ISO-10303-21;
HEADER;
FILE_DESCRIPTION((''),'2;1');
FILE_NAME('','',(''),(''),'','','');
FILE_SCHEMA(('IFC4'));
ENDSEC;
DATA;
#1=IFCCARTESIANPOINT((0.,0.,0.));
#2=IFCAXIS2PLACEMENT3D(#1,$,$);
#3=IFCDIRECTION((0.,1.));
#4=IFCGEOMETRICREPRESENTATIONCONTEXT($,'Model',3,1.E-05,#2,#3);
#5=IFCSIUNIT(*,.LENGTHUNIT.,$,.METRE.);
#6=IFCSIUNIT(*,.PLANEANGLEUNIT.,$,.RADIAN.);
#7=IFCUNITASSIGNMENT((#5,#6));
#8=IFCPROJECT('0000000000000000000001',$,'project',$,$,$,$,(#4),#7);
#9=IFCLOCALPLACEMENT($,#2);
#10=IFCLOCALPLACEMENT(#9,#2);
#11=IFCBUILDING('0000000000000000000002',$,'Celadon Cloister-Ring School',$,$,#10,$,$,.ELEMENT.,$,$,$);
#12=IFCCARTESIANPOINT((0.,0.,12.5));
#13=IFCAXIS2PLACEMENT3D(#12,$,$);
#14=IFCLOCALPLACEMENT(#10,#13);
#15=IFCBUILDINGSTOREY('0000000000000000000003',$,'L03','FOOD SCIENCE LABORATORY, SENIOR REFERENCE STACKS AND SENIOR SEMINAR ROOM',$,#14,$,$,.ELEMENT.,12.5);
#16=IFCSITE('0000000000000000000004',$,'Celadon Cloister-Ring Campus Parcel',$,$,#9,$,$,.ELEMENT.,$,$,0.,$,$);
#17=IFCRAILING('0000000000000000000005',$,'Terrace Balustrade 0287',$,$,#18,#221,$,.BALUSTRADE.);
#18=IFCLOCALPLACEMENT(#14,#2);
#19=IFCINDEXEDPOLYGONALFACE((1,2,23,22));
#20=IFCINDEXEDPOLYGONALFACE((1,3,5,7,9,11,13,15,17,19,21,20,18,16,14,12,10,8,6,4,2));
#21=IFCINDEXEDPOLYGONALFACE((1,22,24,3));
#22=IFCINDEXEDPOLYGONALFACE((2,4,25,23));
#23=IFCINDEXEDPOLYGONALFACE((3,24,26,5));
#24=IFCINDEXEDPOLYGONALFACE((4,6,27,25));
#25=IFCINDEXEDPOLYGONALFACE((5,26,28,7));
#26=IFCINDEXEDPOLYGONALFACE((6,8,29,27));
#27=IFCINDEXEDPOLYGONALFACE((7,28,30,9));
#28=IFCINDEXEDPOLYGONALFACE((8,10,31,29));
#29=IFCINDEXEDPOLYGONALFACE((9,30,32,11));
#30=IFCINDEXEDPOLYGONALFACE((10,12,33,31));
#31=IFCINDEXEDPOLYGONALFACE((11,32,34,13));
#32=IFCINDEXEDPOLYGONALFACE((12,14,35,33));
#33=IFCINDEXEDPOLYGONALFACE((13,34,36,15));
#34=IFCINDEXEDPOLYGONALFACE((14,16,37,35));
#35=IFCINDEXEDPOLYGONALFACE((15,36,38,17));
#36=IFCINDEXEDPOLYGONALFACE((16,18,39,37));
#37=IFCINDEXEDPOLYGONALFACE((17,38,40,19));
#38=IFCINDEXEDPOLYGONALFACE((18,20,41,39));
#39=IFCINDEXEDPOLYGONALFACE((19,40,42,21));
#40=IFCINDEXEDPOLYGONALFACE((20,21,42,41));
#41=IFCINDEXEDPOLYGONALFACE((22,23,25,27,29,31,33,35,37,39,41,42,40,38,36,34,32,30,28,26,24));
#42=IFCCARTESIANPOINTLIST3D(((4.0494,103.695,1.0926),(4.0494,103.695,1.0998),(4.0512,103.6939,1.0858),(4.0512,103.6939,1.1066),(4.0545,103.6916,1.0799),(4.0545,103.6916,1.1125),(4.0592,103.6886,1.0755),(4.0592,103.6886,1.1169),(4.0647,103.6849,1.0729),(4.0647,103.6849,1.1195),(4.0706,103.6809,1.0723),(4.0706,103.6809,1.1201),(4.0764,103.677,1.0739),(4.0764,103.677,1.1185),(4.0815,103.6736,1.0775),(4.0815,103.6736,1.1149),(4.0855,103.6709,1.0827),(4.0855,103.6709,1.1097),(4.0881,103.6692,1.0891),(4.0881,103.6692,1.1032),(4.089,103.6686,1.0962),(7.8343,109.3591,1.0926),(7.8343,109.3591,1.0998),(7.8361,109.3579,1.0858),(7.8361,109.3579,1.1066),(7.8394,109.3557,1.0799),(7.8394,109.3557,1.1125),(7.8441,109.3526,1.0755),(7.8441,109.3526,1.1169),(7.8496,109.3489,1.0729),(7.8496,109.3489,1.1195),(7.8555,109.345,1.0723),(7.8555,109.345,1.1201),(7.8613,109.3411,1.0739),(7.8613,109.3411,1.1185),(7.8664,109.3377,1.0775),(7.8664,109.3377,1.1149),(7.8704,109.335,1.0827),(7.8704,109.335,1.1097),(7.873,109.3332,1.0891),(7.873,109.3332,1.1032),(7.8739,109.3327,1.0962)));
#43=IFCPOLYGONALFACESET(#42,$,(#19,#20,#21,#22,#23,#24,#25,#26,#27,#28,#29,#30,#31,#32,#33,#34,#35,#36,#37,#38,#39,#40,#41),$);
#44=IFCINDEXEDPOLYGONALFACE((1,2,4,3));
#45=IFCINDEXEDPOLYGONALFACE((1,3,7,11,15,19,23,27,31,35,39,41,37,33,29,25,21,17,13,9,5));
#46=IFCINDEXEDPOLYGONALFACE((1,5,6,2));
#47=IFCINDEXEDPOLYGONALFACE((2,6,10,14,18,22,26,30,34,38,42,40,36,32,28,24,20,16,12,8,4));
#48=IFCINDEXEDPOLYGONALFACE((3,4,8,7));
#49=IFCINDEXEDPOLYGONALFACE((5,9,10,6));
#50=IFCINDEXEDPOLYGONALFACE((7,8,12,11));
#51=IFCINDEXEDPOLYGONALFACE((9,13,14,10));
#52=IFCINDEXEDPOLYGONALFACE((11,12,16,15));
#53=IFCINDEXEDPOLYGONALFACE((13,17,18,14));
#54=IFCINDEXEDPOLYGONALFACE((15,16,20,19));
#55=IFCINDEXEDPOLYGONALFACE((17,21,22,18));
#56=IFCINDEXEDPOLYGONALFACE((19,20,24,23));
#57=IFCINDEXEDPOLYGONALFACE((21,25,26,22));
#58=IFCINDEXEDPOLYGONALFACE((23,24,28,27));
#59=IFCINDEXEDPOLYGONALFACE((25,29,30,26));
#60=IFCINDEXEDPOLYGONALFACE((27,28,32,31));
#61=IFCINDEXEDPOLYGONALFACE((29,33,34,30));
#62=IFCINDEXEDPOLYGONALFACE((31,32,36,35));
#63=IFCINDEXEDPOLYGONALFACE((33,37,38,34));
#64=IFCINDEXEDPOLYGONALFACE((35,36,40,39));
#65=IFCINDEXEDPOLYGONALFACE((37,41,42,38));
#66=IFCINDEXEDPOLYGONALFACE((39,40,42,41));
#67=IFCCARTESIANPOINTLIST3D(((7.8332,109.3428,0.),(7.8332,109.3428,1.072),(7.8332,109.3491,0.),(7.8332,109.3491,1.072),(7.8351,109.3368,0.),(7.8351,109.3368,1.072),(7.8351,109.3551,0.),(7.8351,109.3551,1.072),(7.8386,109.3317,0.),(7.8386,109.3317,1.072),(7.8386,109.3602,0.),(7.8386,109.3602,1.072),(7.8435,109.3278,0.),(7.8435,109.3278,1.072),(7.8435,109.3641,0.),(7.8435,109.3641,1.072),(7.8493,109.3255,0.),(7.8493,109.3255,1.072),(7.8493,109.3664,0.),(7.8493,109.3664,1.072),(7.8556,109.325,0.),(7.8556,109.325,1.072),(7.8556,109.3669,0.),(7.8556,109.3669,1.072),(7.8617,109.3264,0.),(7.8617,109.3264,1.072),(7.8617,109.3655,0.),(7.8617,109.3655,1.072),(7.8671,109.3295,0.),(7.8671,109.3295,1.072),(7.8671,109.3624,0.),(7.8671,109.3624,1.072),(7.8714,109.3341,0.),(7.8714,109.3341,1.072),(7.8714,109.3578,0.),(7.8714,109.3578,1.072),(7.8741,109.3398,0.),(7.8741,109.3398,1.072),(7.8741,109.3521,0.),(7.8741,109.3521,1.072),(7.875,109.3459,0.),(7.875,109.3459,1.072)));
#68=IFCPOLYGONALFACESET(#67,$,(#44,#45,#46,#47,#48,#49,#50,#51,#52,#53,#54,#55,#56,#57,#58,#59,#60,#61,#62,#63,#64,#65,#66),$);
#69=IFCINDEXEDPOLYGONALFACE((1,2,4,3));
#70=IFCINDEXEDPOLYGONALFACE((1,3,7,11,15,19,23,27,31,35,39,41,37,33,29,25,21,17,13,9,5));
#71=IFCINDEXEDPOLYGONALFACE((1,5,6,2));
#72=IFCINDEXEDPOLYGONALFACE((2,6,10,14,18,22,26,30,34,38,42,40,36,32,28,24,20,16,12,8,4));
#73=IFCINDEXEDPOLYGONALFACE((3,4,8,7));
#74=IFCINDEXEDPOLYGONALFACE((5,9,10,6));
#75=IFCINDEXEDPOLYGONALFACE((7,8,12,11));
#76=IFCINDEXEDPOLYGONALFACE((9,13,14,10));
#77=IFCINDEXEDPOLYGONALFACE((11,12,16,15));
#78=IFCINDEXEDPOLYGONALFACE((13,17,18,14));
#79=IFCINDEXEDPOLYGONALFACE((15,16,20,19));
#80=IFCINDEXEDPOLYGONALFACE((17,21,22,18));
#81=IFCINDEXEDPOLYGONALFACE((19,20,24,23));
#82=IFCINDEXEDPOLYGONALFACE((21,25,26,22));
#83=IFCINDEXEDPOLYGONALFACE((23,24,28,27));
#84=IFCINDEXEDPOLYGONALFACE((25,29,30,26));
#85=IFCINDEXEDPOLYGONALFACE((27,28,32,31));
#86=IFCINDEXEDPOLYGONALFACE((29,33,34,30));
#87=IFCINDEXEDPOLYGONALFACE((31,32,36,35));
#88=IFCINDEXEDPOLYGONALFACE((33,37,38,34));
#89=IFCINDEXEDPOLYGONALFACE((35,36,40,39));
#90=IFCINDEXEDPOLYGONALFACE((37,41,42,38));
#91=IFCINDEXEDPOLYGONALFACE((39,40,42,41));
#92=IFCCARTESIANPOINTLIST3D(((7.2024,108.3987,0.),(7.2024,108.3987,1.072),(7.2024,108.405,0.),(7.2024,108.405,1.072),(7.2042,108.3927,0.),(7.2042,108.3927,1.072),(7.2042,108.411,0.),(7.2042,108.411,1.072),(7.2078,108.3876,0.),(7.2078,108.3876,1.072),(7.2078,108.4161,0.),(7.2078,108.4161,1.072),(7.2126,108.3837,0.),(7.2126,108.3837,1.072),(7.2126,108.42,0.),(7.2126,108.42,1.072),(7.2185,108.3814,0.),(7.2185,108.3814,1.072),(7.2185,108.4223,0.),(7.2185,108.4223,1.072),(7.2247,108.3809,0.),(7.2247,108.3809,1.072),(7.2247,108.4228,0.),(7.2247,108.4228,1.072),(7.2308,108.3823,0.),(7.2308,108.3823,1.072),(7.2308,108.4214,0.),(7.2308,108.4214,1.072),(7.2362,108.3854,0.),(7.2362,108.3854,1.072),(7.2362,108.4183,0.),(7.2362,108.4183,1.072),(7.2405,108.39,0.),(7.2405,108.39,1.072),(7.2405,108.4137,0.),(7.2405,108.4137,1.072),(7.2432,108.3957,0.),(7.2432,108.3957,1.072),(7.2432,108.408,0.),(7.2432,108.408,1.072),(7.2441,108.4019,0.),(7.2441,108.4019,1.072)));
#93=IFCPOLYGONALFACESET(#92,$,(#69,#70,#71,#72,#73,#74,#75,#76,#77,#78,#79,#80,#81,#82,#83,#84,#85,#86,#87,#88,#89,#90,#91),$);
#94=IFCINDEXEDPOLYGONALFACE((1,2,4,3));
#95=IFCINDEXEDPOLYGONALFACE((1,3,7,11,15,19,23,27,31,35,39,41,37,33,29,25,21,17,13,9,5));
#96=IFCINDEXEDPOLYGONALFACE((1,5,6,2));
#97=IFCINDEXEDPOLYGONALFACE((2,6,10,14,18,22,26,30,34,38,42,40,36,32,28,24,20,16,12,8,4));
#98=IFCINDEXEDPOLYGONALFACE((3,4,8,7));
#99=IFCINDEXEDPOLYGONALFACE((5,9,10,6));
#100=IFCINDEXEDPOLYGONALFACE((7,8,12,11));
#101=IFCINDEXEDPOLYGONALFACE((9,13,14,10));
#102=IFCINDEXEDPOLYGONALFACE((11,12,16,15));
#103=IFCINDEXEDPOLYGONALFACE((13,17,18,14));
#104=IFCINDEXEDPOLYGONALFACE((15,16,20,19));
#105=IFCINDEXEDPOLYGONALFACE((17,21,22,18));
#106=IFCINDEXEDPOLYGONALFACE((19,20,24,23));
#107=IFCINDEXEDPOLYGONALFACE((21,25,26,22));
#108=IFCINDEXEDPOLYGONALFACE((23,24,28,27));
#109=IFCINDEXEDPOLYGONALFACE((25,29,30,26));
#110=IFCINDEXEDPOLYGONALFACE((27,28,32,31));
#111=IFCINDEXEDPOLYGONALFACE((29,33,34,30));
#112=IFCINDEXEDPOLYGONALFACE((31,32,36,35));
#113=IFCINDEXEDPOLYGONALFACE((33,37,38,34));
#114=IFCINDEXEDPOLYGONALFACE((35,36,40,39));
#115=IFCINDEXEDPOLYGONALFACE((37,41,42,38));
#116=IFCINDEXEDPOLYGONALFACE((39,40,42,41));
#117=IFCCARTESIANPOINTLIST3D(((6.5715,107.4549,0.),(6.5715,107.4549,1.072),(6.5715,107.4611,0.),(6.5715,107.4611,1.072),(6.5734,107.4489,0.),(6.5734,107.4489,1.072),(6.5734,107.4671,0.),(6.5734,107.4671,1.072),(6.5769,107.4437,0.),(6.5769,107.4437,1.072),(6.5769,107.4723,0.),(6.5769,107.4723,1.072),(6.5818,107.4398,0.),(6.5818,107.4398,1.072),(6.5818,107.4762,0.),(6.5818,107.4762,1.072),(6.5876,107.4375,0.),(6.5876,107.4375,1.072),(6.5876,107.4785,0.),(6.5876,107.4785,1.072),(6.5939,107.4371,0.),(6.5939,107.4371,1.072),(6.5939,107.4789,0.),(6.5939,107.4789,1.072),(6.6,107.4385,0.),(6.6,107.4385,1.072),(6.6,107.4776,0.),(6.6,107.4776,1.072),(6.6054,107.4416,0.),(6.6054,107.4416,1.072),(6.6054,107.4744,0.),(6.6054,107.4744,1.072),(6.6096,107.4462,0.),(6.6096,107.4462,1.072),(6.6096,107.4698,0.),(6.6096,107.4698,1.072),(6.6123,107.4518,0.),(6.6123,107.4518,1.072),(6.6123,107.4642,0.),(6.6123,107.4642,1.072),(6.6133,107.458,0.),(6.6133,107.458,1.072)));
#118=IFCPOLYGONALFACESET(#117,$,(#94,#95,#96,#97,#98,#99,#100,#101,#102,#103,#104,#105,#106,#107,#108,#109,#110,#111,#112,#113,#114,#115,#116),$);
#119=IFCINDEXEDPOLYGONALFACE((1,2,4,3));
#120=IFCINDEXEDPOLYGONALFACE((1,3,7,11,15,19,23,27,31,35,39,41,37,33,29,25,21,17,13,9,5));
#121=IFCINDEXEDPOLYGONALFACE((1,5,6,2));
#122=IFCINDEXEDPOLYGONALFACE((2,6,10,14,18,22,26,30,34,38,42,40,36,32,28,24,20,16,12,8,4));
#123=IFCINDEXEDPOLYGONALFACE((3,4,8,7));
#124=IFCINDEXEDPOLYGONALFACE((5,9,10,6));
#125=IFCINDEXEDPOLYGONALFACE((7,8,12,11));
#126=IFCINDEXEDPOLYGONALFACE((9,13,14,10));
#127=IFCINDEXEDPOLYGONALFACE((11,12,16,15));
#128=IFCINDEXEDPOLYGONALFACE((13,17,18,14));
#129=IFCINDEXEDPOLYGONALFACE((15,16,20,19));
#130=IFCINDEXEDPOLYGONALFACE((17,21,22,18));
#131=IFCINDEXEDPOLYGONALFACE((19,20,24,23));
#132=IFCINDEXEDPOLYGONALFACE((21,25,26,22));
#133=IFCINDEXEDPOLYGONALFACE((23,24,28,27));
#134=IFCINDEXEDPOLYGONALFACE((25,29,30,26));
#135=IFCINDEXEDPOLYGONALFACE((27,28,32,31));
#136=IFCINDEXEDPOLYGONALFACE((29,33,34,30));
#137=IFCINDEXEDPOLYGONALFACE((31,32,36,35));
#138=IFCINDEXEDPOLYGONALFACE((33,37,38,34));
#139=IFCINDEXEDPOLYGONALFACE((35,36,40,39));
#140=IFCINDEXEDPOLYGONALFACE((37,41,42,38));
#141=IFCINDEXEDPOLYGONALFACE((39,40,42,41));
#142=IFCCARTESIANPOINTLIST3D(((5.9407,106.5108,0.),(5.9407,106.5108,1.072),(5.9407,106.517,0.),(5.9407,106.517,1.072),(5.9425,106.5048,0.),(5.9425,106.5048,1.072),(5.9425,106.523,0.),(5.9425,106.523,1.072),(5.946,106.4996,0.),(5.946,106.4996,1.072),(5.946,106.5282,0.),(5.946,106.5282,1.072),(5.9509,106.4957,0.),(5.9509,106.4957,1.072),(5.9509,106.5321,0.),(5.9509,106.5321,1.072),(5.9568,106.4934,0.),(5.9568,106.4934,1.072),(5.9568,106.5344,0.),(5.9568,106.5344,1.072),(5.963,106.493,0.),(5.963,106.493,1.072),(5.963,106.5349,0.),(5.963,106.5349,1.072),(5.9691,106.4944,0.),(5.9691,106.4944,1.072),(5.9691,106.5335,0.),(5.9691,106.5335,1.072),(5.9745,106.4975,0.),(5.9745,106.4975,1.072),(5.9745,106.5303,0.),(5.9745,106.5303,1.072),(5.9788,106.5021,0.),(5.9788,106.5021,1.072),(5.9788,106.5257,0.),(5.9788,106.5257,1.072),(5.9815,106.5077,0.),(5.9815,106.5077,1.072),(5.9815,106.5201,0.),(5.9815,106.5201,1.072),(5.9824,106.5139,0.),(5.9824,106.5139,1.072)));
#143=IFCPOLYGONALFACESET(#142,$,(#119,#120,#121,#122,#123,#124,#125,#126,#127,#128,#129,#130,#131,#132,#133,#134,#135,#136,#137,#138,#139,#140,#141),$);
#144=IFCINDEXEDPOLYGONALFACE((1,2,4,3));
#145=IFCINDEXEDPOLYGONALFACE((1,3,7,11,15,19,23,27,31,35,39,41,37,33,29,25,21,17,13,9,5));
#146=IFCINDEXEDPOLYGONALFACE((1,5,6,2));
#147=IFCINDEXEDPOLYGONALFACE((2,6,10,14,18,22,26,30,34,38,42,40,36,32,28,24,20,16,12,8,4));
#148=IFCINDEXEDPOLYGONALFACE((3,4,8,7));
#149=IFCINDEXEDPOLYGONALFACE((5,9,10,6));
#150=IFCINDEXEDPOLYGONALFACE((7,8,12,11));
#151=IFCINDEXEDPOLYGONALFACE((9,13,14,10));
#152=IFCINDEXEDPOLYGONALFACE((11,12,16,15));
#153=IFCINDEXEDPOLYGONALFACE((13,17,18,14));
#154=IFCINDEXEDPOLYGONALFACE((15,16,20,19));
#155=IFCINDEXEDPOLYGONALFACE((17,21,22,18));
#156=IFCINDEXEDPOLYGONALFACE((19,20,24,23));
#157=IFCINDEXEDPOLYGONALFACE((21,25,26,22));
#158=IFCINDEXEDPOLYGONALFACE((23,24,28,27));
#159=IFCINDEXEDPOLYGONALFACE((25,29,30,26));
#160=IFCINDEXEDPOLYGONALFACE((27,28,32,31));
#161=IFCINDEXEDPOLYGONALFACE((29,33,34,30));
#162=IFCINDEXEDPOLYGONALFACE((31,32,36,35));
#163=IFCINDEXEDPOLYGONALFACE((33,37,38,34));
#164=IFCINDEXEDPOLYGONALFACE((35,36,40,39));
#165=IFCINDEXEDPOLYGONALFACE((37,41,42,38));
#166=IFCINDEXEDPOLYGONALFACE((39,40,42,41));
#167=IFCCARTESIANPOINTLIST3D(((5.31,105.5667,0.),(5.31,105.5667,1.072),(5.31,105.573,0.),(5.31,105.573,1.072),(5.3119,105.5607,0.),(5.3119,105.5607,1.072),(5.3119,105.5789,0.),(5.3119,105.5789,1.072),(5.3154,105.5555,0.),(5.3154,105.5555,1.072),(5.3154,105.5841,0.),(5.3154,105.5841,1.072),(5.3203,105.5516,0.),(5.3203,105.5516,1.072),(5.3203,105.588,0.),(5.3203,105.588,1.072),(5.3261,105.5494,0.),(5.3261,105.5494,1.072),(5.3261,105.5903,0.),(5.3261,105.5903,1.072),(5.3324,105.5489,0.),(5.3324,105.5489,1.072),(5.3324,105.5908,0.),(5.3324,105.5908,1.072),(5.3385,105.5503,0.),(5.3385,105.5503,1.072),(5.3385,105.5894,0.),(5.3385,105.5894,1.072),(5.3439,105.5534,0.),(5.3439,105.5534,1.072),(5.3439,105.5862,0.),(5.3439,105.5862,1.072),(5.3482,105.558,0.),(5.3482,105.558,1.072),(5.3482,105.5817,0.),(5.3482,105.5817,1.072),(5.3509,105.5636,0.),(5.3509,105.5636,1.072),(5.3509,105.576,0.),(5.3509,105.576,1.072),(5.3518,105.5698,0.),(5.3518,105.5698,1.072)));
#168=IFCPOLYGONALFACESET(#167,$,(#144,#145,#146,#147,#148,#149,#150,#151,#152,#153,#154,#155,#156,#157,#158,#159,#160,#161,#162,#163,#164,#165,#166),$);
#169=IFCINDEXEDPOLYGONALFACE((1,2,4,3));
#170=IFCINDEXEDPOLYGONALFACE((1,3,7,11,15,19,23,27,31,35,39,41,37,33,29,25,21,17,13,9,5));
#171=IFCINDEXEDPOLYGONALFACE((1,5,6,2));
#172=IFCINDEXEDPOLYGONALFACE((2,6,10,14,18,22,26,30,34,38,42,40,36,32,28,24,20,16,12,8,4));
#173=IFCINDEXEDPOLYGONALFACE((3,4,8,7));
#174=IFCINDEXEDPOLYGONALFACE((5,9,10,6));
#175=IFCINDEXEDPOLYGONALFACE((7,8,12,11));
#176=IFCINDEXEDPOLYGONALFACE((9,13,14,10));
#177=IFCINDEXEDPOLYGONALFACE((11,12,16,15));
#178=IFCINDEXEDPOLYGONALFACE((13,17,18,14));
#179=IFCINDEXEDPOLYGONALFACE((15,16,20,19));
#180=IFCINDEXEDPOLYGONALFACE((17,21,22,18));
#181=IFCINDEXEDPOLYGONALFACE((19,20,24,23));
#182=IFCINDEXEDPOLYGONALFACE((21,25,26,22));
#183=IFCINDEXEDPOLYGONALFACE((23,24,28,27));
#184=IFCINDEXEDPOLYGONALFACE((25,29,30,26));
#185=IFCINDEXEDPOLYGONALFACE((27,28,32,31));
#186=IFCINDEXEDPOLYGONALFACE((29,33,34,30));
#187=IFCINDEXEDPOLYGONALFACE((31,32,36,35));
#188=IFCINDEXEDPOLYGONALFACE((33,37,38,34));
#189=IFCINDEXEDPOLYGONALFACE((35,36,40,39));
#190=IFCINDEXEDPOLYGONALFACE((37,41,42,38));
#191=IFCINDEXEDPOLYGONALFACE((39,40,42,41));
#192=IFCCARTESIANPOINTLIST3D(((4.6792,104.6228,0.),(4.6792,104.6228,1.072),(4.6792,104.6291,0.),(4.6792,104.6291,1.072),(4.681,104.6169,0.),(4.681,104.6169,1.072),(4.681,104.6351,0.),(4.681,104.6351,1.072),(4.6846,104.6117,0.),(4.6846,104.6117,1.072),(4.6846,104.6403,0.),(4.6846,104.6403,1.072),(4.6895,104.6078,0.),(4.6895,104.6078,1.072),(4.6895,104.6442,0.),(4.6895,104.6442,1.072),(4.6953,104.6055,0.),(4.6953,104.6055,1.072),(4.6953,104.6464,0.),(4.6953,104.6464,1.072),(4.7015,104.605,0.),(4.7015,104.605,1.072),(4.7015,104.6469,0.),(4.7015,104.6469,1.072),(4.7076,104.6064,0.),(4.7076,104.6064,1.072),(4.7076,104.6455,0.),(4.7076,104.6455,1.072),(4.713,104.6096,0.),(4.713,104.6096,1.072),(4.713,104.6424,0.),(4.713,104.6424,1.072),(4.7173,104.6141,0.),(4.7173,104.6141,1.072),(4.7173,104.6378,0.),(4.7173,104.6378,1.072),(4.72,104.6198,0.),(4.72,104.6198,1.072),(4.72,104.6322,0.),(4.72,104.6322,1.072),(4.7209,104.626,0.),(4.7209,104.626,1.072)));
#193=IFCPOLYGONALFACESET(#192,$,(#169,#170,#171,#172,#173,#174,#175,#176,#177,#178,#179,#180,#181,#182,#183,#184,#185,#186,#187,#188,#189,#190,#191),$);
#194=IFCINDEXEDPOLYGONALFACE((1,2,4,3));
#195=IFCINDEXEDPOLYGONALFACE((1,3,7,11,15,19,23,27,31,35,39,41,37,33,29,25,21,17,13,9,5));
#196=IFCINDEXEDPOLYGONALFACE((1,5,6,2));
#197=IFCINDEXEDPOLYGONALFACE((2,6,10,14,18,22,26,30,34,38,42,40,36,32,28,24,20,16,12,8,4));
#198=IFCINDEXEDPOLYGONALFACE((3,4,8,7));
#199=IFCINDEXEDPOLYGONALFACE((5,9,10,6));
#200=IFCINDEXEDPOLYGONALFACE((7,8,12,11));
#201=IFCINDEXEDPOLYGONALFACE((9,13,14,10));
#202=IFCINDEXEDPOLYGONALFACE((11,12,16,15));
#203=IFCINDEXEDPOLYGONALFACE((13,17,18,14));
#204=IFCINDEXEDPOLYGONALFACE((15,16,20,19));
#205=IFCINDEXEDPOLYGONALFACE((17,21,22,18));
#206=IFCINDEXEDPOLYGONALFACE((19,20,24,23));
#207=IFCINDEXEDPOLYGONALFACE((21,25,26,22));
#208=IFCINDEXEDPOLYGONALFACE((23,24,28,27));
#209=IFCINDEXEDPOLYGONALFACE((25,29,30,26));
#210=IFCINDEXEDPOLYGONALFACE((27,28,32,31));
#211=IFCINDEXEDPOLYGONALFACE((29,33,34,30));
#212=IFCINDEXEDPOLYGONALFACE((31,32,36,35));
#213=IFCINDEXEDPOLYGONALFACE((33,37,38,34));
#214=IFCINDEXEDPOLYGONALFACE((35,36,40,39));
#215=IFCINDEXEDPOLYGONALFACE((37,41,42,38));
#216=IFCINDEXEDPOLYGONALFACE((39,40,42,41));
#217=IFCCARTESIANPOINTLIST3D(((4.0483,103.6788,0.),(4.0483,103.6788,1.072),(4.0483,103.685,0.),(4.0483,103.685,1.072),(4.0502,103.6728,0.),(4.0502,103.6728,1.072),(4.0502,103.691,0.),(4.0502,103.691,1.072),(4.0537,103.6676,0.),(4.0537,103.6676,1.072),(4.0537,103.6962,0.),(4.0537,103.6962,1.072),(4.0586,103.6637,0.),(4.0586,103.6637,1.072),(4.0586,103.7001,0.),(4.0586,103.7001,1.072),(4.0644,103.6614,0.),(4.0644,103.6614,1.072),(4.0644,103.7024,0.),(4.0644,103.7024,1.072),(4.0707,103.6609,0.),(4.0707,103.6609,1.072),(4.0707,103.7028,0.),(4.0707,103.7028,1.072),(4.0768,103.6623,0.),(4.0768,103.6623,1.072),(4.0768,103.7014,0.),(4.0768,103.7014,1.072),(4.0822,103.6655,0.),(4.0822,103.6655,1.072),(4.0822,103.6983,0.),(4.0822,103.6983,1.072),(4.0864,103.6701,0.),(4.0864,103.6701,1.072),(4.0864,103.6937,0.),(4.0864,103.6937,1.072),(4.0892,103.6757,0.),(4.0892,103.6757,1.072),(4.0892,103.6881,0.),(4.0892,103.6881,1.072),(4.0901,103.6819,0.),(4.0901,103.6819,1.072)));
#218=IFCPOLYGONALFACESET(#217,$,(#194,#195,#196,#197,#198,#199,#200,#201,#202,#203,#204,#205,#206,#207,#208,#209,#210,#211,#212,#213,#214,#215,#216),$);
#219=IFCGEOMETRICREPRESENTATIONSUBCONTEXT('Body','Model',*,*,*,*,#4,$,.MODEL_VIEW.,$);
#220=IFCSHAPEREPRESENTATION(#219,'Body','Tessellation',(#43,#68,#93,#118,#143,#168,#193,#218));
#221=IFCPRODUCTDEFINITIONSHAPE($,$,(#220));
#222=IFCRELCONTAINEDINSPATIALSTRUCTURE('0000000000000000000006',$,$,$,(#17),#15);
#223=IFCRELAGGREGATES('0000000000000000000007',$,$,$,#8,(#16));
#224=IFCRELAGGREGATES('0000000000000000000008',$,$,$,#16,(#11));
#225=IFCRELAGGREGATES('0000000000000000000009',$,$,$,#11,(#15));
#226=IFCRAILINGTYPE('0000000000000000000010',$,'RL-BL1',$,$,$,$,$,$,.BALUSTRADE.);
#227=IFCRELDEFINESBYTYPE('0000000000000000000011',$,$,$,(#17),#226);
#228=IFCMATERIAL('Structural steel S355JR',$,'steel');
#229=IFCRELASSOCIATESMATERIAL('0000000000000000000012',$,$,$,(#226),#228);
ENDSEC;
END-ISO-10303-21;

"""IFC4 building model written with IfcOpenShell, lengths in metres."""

from ifc_helpers import new_model, si_unit, direction, frame, origin, origin_2d, place, context, subcontext, project, spatial, circle, extrude, material, type_object, element, save


model = new_model("IFC4")

# Units and contexts
model_context = context("Model", 3, precision=1e-05, world=origin(), true_north=direction((0.0, 1.0)))
body_context = subcontext(model_context, "Body", "Model", "MODEL_VIEW")
ifc_project = project(units=[si_unit("LENGTHUNIT", "METRE"), si_unit("PLANEANGLEUNIT", "RADIAN")], contexts=[model_context])

# Site, building, storey
site_placement = place(None, origin())
site = spatial("IfcSite", under=ifc_project, at=site_placement, Name="Celadon Cloister-Ring Campus Parcel", CompositionType="ELEMENT", RefElevation=0.0)
building_placement = place(site_placement, origin())
building = spatial("IfcBuilding", under=site, at=building_placement, Name="Celadon Cloister-Ring School", CompositionType="ELEMENT")
storey_placement = place(building_placement, frame((0.0, 0.0, 12.5)))
storey = spatial("IfcBuildingStorey", under=building, at=storey_placement, Name="L03", Description="FOOD SCIENCE LABORATORY, SENIOR REFERENCE STACKS AND SENIOR SEMINAR ROOM", CompositionType="ELEMENT", Elevation=12.5)

# Railing
ifc_material_1 = material(Name="Structural steel S355JR", Category="steel")
railing_type = type_object("IfcRailingType", Name="RL-BL1", PredefinedType="BALUSTRADE", material=ifc_material_1)
railing_1_placement = place(storey_placement, frame((7.854, 109.3459, 0.0)))
element("IfcRailing", 1, at=railing_1_placement, inside=storey, type_object=railing_type, Name="Terrace Balustrade 0287", PredefinedType="BALUSTRADE", context=body_context, shape_type="SweptSolid", body=[
    extrude(circle(Radius=0.0239, at=origin_2d()), frame((0.0, 0.0, 1.0962), z_axis=(-0.555601, -0.831449, 0.0), x_axis=(0.831449, -0.555601, 0.0)), (0.0, 0.0, 1.0), 6.8123),
    extrude(circle(Radius=0.021, at=origin_2d()), origin(), (0.0, 0.0, 1.0), 1.072),
    extrude(circle(Radius=0.021, at=origin_2d()), frame((-0.6309, -0.9441, 0.0)), (0.0, 0.0, 1.0), 1.072),
    extrude(circle(Radius=0.021, at=origin_2d()), frame((-1.2617, -1.8879, 0.0)), (0.0, 0.0, 1.0), 1.072),
    extrude(circle(Radius=0.021, at=origin_2d()), frame((-1.8926, -2.832, 0.0)), (0.0, 0.0, 1.0), 1.072),
    extrude(circle(Radius=0.021, at=origin_2d()), frame((-2.5232, -3.7761, 0.0)), (0.0, 0.0, 1.0), 1.072),
    extrude(circle(Radius=0.021, at=origin_2d()), frame((-3.1541, -4.72, 0.0)), (0.0, 0.0, 1.0), 1.072),
    extrude(circle(Radius=0.021, at=origin_2d()), frame((-3.7849, -5.6641, 0.0)), (0.0, 0.0, 1.0), 1.072),
])

save(model, "model.ifc")
